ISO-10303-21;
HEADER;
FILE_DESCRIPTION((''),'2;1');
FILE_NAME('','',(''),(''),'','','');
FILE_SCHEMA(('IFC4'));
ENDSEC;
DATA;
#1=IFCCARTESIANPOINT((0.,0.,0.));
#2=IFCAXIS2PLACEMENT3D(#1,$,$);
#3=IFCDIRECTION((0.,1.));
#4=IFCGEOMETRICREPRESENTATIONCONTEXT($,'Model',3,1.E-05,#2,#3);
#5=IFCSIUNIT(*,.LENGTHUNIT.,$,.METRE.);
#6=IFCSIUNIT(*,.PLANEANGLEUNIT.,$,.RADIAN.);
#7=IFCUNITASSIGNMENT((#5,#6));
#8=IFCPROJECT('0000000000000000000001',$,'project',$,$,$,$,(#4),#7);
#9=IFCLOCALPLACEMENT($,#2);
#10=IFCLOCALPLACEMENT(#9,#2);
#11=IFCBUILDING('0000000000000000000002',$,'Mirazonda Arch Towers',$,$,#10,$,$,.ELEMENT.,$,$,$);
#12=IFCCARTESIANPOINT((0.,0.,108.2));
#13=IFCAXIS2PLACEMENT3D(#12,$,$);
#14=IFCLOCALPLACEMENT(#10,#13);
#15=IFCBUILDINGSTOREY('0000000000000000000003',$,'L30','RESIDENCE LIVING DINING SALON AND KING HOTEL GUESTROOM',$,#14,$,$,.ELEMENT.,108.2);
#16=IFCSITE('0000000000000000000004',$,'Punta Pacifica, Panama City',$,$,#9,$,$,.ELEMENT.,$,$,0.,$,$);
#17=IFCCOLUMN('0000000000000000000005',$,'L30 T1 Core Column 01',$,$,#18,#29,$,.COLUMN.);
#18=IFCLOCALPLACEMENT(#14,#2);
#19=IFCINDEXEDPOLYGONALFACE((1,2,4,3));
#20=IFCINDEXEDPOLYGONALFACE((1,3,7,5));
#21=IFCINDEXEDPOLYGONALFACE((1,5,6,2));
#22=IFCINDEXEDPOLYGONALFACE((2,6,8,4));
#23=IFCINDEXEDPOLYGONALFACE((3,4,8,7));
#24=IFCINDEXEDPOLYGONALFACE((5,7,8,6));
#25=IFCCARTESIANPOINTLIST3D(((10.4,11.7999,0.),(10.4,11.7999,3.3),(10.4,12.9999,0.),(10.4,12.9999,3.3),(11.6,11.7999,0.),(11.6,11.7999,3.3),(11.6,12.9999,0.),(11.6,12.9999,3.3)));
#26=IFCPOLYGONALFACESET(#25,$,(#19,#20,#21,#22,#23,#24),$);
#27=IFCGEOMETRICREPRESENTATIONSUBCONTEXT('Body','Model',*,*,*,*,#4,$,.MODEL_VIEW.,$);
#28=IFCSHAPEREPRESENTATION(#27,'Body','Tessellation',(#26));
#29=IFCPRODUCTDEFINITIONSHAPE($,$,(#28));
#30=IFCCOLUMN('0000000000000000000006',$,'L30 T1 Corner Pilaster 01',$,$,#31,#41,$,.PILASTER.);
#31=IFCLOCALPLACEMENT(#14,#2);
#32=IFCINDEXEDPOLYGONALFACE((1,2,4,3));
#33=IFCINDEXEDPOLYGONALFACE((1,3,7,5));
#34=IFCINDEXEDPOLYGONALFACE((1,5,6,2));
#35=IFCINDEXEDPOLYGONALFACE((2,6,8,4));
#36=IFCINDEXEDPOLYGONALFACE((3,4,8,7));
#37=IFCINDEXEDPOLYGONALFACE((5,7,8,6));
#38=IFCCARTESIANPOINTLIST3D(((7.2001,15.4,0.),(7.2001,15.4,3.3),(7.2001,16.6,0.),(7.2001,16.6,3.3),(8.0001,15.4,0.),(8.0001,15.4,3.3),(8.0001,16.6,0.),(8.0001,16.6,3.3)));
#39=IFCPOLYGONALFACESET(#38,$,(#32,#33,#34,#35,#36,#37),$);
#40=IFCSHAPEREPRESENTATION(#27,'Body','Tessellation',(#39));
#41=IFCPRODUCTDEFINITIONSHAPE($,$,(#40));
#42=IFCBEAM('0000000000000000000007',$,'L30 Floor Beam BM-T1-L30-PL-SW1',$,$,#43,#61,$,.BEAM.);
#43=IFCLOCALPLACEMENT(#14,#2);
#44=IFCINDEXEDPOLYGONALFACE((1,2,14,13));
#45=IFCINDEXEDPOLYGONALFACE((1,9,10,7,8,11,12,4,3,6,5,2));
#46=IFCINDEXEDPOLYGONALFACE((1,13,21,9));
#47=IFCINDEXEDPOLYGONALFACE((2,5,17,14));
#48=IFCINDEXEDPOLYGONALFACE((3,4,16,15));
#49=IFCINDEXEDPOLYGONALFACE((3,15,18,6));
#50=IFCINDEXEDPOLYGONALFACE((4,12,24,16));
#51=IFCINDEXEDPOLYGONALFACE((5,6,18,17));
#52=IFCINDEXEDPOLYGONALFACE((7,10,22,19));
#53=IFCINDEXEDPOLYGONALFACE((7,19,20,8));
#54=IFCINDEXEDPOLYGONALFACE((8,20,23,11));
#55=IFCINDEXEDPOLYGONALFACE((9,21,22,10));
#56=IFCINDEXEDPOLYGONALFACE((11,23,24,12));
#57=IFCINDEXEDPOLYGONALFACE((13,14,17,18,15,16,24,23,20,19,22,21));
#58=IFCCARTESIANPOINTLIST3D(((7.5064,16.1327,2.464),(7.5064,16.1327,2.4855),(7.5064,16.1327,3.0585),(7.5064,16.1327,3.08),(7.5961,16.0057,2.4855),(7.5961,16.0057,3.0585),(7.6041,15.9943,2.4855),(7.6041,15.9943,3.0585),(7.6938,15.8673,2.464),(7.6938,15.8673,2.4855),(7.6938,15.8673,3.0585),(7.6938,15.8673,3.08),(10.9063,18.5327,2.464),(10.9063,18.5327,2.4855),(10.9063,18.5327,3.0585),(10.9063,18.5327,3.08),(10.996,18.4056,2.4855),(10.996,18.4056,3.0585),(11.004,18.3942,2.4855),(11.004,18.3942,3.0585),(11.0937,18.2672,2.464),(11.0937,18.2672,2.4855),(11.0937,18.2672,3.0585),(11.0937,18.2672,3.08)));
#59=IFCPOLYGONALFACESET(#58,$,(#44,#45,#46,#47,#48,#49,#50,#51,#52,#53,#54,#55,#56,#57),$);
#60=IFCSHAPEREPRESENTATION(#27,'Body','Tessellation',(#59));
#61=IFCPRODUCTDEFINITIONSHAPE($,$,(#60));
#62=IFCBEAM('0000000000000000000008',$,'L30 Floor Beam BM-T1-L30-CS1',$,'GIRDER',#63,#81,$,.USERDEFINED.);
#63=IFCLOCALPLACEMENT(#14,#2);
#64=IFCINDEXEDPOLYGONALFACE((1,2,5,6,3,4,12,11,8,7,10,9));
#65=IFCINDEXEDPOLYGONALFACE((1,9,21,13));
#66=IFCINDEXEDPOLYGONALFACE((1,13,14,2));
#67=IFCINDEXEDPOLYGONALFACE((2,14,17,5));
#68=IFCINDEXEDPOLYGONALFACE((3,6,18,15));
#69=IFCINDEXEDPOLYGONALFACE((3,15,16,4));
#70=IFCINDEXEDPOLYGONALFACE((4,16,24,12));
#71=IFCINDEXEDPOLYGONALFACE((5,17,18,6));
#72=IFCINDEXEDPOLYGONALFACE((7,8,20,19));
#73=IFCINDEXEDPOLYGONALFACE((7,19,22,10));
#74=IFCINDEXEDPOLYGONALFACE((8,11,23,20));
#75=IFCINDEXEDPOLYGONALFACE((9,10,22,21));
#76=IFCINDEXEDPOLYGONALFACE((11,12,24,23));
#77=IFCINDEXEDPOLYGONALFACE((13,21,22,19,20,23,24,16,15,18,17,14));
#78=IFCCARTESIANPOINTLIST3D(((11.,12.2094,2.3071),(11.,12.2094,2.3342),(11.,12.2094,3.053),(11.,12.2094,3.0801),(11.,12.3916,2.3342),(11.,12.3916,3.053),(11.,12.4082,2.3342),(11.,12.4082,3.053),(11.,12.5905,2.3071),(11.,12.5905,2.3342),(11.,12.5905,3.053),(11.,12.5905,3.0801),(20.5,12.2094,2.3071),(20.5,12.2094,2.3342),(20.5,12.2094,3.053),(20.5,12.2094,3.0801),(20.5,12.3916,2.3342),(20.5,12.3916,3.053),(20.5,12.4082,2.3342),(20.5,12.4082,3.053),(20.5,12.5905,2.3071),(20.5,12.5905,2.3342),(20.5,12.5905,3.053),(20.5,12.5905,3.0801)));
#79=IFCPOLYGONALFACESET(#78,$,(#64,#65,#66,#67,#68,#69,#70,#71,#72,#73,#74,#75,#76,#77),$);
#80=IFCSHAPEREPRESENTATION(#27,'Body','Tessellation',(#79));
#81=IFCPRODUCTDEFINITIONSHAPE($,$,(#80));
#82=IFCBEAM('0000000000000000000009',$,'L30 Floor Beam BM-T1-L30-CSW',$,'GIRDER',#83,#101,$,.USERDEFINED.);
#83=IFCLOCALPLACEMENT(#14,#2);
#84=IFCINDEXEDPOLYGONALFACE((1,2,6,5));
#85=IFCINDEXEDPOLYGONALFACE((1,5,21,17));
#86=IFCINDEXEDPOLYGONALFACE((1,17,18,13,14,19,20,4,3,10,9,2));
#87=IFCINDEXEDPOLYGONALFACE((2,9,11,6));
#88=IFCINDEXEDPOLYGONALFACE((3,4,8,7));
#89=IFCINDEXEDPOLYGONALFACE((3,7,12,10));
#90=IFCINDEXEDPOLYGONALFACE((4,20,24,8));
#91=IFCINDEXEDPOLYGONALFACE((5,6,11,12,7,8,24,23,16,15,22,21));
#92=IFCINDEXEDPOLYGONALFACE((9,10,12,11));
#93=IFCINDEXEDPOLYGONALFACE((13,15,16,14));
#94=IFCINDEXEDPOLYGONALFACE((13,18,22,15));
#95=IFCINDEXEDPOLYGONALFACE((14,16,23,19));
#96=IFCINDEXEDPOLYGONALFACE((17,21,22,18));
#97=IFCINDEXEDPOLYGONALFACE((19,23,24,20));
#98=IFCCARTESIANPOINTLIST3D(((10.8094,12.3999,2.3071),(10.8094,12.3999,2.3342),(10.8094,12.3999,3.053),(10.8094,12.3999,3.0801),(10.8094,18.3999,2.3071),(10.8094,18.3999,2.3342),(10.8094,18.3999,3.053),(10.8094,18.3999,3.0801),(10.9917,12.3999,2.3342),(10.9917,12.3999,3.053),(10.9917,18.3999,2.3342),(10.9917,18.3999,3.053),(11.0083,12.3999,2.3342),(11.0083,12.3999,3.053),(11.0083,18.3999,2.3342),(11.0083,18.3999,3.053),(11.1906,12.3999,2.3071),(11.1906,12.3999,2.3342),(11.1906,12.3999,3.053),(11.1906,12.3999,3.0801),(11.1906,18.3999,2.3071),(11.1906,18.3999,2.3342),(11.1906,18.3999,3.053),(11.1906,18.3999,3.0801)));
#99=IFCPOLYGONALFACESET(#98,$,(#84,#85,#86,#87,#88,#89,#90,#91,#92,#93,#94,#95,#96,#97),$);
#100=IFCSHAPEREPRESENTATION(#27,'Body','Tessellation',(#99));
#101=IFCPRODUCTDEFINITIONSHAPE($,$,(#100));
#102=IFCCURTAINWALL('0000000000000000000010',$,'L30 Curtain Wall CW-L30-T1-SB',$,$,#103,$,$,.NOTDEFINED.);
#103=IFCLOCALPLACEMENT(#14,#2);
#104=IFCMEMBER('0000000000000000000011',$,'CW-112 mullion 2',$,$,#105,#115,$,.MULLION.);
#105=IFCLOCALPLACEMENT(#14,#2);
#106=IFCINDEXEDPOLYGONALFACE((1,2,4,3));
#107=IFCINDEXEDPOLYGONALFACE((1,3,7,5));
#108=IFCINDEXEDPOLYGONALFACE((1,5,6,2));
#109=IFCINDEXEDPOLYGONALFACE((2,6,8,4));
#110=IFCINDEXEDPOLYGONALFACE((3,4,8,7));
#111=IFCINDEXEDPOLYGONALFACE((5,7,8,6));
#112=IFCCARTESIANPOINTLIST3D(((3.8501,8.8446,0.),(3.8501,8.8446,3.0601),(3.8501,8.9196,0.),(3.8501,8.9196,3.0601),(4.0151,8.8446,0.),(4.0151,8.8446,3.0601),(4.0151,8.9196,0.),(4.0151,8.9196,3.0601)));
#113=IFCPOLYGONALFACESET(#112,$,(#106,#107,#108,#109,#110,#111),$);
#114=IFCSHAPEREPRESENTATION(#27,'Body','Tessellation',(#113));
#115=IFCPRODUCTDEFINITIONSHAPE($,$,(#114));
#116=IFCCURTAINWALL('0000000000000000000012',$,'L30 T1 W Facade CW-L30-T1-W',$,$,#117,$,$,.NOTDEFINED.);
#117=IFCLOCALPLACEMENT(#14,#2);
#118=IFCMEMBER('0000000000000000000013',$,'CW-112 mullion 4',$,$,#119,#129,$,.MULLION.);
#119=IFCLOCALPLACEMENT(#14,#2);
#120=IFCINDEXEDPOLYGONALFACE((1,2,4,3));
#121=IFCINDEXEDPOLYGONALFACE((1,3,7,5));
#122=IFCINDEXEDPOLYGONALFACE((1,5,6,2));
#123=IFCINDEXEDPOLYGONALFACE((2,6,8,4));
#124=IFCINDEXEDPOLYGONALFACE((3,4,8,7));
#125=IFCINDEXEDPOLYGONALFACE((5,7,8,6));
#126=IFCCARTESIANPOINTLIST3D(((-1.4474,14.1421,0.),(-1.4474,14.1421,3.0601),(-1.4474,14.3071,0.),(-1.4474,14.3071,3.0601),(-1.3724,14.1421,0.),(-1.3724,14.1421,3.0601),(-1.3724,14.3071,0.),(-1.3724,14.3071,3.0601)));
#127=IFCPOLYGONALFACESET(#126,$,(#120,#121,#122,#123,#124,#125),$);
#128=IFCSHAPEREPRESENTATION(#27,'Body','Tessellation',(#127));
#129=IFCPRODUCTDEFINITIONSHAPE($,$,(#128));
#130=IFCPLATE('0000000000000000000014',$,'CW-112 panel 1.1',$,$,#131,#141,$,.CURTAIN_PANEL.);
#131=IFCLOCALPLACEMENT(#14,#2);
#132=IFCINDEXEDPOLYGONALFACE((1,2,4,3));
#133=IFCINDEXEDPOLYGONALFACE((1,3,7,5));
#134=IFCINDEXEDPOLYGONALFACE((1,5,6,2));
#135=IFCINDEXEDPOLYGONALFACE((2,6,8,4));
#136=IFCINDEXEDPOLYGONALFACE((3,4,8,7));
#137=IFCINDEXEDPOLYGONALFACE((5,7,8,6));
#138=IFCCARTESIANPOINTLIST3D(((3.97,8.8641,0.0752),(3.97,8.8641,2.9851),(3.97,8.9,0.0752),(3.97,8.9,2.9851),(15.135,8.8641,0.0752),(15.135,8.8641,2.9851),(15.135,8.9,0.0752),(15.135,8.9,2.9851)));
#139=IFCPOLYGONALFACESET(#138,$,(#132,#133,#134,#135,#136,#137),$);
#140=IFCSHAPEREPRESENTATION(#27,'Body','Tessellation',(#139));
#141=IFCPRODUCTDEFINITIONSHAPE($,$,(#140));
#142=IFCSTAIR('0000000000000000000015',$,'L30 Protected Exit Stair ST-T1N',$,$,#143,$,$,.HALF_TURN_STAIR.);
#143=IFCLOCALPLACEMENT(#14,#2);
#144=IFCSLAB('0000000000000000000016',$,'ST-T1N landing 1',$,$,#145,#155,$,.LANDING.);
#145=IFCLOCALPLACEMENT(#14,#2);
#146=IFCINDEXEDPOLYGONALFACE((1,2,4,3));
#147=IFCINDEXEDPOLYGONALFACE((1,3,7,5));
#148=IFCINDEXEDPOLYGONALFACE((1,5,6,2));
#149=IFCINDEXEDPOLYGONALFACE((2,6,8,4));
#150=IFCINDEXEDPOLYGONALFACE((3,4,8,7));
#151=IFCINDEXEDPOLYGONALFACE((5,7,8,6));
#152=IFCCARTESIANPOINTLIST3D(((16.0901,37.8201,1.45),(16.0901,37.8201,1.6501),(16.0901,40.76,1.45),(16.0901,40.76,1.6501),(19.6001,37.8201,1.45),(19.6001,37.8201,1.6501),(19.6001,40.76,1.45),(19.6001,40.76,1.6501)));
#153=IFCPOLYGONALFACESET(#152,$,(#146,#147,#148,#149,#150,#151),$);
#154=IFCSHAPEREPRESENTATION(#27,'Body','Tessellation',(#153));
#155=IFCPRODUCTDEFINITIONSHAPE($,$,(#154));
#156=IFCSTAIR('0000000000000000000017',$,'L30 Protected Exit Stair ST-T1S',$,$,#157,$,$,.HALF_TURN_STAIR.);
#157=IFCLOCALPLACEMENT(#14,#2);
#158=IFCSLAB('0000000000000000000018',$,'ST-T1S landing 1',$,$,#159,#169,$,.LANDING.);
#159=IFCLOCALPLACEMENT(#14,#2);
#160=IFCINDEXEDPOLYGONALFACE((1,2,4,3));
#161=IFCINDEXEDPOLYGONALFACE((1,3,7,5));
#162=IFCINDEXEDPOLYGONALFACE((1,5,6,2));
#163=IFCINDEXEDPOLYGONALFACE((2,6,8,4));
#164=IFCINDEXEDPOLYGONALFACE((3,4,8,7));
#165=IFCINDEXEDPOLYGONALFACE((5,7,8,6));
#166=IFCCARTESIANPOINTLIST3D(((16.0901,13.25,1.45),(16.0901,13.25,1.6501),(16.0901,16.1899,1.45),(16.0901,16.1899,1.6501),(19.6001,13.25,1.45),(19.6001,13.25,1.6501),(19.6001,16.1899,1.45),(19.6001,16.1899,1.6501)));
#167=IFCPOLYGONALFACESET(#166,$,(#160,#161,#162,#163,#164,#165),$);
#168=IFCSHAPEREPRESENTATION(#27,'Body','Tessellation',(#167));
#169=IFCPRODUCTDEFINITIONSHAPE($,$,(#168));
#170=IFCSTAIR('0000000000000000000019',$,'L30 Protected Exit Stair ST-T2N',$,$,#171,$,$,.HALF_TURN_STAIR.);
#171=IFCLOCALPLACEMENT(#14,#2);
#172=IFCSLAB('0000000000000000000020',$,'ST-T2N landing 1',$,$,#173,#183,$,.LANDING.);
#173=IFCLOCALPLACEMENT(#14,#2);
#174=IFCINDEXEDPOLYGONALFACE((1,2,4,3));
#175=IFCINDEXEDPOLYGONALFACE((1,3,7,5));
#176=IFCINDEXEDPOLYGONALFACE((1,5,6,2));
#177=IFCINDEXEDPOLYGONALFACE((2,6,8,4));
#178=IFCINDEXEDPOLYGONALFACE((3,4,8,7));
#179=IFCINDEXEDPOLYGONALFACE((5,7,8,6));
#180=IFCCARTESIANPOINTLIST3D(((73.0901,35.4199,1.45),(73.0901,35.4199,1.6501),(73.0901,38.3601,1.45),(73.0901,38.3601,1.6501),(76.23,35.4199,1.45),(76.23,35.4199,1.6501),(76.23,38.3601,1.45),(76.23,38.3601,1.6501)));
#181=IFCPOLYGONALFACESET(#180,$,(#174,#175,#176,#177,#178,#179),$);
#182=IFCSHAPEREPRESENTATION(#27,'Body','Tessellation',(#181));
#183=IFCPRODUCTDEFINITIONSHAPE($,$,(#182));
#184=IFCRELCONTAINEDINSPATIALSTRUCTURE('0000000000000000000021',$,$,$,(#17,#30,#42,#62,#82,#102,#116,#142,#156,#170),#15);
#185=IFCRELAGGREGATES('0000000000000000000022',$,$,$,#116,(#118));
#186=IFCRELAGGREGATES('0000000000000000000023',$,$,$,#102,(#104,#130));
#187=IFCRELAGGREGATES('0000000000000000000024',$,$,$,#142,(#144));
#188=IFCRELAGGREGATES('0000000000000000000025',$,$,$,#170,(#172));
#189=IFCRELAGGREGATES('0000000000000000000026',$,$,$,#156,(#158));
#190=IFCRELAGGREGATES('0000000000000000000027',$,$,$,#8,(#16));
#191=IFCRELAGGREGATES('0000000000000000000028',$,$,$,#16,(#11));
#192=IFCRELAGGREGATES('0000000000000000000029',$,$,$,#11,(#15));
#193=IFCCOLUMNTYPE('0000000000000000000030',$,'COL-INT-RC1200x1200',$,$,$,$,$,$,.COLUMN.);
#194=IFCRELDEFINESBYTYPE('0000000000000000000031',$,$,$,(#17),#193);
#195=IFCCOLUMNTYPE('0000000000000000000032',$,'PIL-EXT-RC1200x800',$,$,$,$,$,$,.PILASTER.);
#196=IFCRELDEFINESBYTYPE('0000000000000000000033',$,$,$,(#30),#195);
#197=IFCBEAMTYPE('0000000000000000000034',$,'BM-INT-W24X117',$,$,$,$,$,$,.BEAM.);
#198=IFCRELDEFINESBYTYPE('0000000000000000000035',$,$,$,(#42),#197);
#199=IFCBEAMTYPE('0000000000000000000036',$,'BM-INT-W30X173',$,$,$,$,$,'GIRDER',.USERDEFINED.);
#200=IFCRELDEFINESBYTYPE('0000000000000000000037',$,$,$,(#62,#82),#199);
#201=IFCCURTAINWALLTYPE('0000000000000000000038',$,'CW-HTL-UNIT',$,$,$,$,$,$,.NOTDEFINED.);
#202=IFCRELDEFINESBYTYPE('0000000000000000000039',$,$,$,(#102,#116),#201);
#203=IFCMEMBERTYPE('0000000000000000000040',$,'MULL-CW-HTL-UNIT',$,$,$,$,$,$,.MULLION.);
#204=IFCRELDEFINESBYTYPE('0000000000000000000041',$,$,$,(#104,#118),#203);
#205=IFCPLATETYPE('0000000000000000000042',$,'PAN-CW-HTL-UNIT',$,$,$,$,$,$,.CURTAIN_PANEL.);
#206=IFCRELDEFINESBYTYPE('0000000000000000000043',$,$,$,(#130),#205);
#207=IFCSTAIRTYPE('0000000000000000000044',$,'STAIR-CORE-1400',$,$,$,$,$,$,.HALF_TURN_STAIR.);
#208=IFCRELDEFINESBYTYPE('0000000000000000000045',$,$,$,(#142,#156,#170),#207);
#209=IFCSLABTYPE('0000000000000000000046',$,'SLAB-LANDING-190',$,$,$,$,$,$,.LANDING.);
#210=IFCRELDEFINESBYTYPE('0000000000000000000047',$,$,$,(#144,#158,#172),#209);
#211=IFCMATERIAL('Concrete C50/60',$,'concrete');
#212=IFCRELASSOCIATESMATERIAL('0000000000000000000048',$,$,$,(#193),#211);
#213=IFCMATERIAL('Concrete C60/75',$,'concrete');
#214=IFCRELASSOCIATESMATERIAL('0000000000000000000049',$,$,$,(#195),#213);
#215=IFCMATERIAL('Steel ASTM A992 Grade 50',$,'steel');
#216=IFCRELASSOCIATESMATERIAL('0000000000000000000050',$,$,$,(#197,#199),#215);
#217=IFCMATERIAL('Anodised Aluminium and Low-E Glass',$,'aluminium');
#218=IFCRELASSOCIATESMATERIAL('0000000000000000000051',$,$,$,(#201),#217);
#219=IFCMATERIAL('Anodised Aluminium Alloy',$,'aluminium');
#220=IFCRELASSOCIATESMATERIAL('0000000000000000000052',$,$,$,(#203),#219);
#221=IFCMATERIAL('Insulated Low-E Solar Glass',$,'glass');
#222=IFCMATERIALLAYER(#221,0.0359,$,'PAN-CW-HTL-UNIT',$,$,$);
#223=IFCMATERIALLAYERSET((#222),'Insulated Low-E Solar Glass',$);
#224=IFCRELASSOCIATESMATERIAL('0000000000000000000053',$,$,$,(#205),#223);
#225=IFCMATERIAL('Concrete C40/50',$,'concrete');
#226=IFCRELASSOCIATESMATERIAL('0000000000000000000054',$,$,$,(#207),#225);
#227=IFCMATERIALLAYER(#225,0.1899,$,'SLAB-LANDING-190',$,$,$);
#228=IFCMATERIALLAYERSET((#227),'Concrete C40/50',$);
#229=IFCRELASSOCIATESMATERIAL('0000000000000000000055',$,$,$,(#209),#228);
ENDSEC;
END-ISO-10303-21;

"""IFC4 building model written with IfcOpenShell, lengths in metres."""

from ifc_helpers import new_model, si_unit, direction, frame, origin, origin_2d, place, context, subcontext, project, spatial, polyline, rectangle, i_section, outline, extrude, material, layer, layer_set, material_profile, profile_set, type_object, element, aggregate, save


model = new_model("IFC4")

# Units and contexts
model_context = context("Model", 3, precision=1e-05, world=origin(), true_north=direction((0.0, 1.0)))
body_context = subcontext(model_context, "Body", "Model", "MODEL_VIEW")
ifc_project = project(units=[si_unit("LENGTHUNIT", "METRE"), si_unit("PLANEANGLEUNIT", "RADIAN")], contexts=[model_context])

# Site, building, storey
site_placement = place(None, origin())
site = spatial("IfcSite", under=ifc_project, at=site_placement, Name="Punta Pacifica, Panama City", CompositionType="ELEMENT", RefElevation=0.0)
building_placement = place(site_placement, origin())
building = spatial("IfcBuilding", under=site, at=building_placement, Name="Mirazonda Arch Towers", CompositionType="ELEMENT")
storey_placement = place(building_placement, frame((0.0, 0.0, 108.2)))
storey = spatial("IfcBuildingStorey", under=building, at=storey_placement, Name="L30", Description="RESIDENCE LIVING DINING SALON AND KING HOTEL GUESTROOM", CompositionType="ELEMENT", Elevation=108.2)

# Columns
ifc_material_1 = material(Name="Concrete C50/60", Category="concrete")
ifc_material_profile_1 = material_profile(ifc_material_1, rectangle(XDim=1.2, YDim=1.2, at=origin_2d()), Name="RC1200x1200")
ifc_profile_set_1 = profile_set([ifc_material_profile_1], Name="Concrete C50/60")
column_type_1 = type_object("IfcColumnType", Name="COL-INT-RC1200x1200", PredefinedType="COLUMN", material=ifc_profile_set_1)
column_1_placement = place(storey_placement, frame((11.0, 12.3999, 0.0), z_axis=(0.0, 0.0, 1.0), x_axis=(1.0, 0.0, 0.0)))
element("IfcColumn", 1, at=column_1_placement, inside=storey, type_object=column_type_1, Name="L30 T1 Core Column 01", PredefinedType="COLUMN", context=body_context, shape_type="SweptSolid", body=[
    extrude(rectangle(XDim=1.2, YDim=1.2, at=origin_2d()), origin(), (0.0, 0.0, 1.0), 3.3),
])
ifc_material_2 = material(Name="Concrete C60/75", Category="concrete")
ifc_material_profile_2 = material_profile(ifc_material_2, rectangle(XDim=0.8, YDim=1.2, at=origin_2d()), Name="RC1200x800")
ifc_profile_set_2 = profile_set([ifc_material_profile_2], Name="Concrete C60/75")
column_type_2 = type_object("IfcColumnType", Name="PIL-EXT-RC1200x800", PredefinedType="PILASTER", material=ifc_profile_set_2)
column_2_placement = place(storey_placement, frame((7.6001, 16.0, 0.0), z_axis=(0.0, 0.0, 1.0), x_axis=(1.0, 0.0, 0.0)))
element("IfcColumn", 2, at=column_2_placement, inside=storey, type_object=column_type_2, Name="L30 T1 Corner Pilaster 01", PredefinedType="PILASTER", context=body_context, shape_type="SweptSolid", body=[
    extrude(rectangle(XDim=0.8, YDim=1.2, at=origin_2d()), origin(), (0.0, 0.0, 1.0), 3.3),
])

# Beams
ifc_material_3 = material(Name="Steel ASTM A992 Grade 50", Category="steel")
ifc_material_profile_3 = material_profile(ifc_material_3, i_section(OverallWidth=0.325, OverallDepth=0.616, WebThickness=0.0139, FlangeThickness=0.0215, at=origin_2d()), Name="W24X117")
ifc_profile_set_3 = profile_set([ifc_material_profile_3], Name="Steel ASTM A992 Grade 50")
beam_type_1 = type_object("IfcBeamType", Name="BM-INT-W24X117", PredefinedType="BEAM", material=ifc_profile_set_3)
beam_1_placement = place(storey_placement, frame((7.6001, 16.0, 2.772), z_axis=(0.816971, 0.576679, 0.0), x_axis=(-0.576679, 0.816971, 0.0)))
element("IfcBeam", 3, at=beam_1_placement, inside=storey, type_object=beam_type_1, Name="L30 Floor Beam BM-T1-L30-PL-SW1", PredefinedType="BEAM", context=body_context, shape_type="SweptSolid", body=[
    extrude(i_section(OverallWidth=0.325, OverallDepth=0.616, WebThickness=0.0139, FlangeThickness=0.0215, at=origin_2d()), origin(), (0.0, 0.0, 1.0), 4.1616),
])
ifc_material_profile_4 = material_profile(ifc_material_3, i_section(OverallWidth=0.3811, OverallDepth=0.7729, WebThickness=0.0166, FlangeThickness=0.0271, at=origin_2d()), Name="W30X173")
ifc_profile_set_4 = profile_set([ifc_material_profile_4], Name="Steel ASTM A992 Grade 50")
beam_type_2 = type_object("IfcBeamType", Name="BM-INT-W30X173", ElementType="GIRDER", PredefinedType="USERDEFINED", material=ifc_profile_set_4)
beam_2_placement = place(storey_placement, frame((11.0, 12.3999, 2.6936), z_axis=(1.0, 0.0, 0.0), x_axis=(0.0, 1.0, 0.0)))
element("IfcBeam", 4, at=beam_2_placement, inside=storey, type_object=beam_type_2, Name="L30 Floor Beam BM-T1-L30-CS1", ObjectType="GIRDER", PredefinedType="USERDEFINED", context=body_context, shape_type="SweptSolid", body=[
    extrude(i_section(OverallWidth=0.3811, OverallDepth=0.7729, WebThickness=0.0166, FlangeThickness=0.0271, at=origin_2d()), origin(), (0.0, 0.0, 1.0), 9.5),
])
beam_3_placement = place(storey_placement, frame((11.0, 12.3999, 2.6936), z_axis=(0.0, 1.0, 0.0), x_axis=(-1.0, 0.0, 0.0)))
element("IfcBeam", 5, at=beam_3_placement, inside=storey, type_object=beam_type_2, Name="L30 Floor Beam BM-T1-L30-CSW", ObjectType="GIRDER", PredefinedType="USERDEFINED", context=body_context, shape_type="SweptSolid", body=[
    extrude(i_section(OverallWidth=0.3811, OverallDepth=0.7729, WebThickness=0.0166, FlangeThickness=0.0271, at=origin_2d()), origin(), (0.0, 0.0, 1.0), 6.0),
])

# Curtain walls, members
ifc_material_4 = material(Name="Anodised Aluminium and Low-E Glass", Category="aluminium")
curtain_wall_type = type_object("IfcCurtainWallType", Name="CW-HTL-UNIT", PredefinedType="NOTDEFINED", material=ifc_material_4)
curtain_wall_1_placement = place(storey_placement, origin())
curtain_wall_1 = element("IfcCurtainWall", 6, at=curtain_wall_1_placement, inside=storey, type_object=curtain_wall_type, Name="L30 Curtain Wall CW-L30-T1-SB", PredefinedType="NOTDEFINED")
ifc_material_5 = material(Name="Anodised Aluminium Alloy", Category="aluminium")
ifc_material_profile_5 = material_profile(ifc_material_5, rectangle(XDim=0.075, YDim=0.165, at=origin_2d()), Name="ALU-MULL-75x165")
ifc_profile_set_5 = profile_set([ifc_material_profile_5], Name="Anodised Aluminium Alloy")
member_type = type_object("IfcMemberType", Name="MULL-CW-HTL-UNIT", PredefinedType="MULLION", material=ifc_profile_set_5)
member_1_placement = place(storey_placement, frame((3.9326, 8.8821, 0.0), z_axis=(0.0, 0.0, 1.0), x_axis=(0.0, -1.0, 0.0)))
member_1 = element("IfcMember", 7, at=member_1_placement, type_object=member_type, Name="CW-112 mullion 2", PredefinedType="MULLION", context=body_context, shape_type="SweptSolid", body=[
    extrude(rectangle(XDim=0.075, YDim=0.165, at=origin_2d()), origin(), (0.0, 0.0, 1.0), 3.0601),
])
curtain_wall_2_placement = place(storey_placement, origin())
curtain_wall_2 = element("IfcCurtainWall", 8, at=curtain_wall_2_placement, inside=storey, type_object=curtain_wall_type, Name="L30 T1 W Facade CW-L30-T1-W", PredefinedType="NOTDEFINED")
member_2_placement = place(storey_placement, frame((-1.4099, 14.2246, 0.0), z_axis=(0.0, 0.0, 1.0), x_axis=(1.0, 0.0, 0.0)))
member_2 = element("IfcMember", 9, at=member_2_placement, type_object=member_type, Name="CW-112 mullion 4", PredefinedType="MULLION", context=body_context, shape_type="SweptSolid", body=[
    extrude(rectangle(XDim=0.075, YDim=0.165, at=origin_2d()), origin(), (0.0, 0.0, 1.0), 3.0601),
])
aggregate(curtain_wall_2, [member_2])

# Plate
ifc_material_6 = material(Name="Insulated Low-E Solar Glass", Category="glass")
ifc_layer_1 = layer(ifc_material_6, 0.0359, Name="PAN-CW-HTL-UNIT")
ifc_layer_set_1 = layer_set([ifc_layer_1], Name="Insulated Low-E Solar Glass")
plate_type = type_object("IfcPlateType", Name="PAN-CW-HTL-UNIT", PredefinedType="CURTAIN_PANEL", material=ifc_layer_set_1)
plate_placement = place(storey_placement, frame((9.5525, 8.8821, 0.0752), z_axis=(0.0, 0.0, 1.0), x_axis=(-1.0, 0.0, 0.0)))
plate = element("IfcPlate", 10, at=plate_placement, type_object=plate_type, Name="CW-112 panel 1.1", PredefinedType="CURTAIN_PANEL", context=body_context, shape_type="SweptSolid", body=[
    extrude(rectangle(XDim=11.165, YDim=0.0359, at=origin_2d()), origin(), (0.0, 0.0, 1.0), 2.9099),
])
aggregate(curtain_wall_1, [member_1, plate])

# Stairs, slabs
ifc_material_7 = material(Name="Concrete C40/50", Category="concrete")
stair_type = type_object("IfcStairType", Name="STAIR-CORE-1400", PredefinedType="HALF_TURN_STAIR", material=ifc_material_7)
stair_1_placement = place(storey_placement, origin())
stair_1 = element("IfcStair", 11, at=stair_1_placement, inside=storey, type_object=stair_type, Name="L30 Protected Exit Stair ST-T1N", PredefinedType="HALF_TURN_STAIR")
ifc_layer_2 = layer(ifc_material_7, 0.1899, Name="SLAB-LANDING-190")
ifc_layer_set_2 = layer_set([ifc_layer_2], Name="Concrete C40/50")
slab_type_1 = type_object("IfcSlabType", Name="SLAB-LANDING-190", PredefinedType="LANDING", material=ifc_layer_set_2)
slab_1_placement = place(storey_placement, frame((0.0, 0.0, 1.45)))
slab_1 = element("IfcSlab", 12, at=slab_1_placement, type_object=slab_type_1, Name="ST-T1N landing 1", PredefinedType="LANDING", context=body_context, shape_type="SweptSolid", body=[
    extrude(outline(polyline([(16.0901, 37.8201), (19.6001, 37.8201), (19.6001, 40.76), (16.0901, 40.76), (16.0901, 37.8201)])), origin(), (0.0, 0.0, 1.0), 0.2002),
])
aggregate(stair_1, [slab_1])
stair_2_placement = place(storey_placement, origin())
stair_2 = element("IfcStair", 13, at=stair_2_placement, inside=storey, type_object=stair_type, Name="L30 Protected Exit Stair ST-T1S", PredefinedType="HALF_TURN_STAIR")
slab_2_placement = place(storey_placement, frame((0.0, 0.0, 1.45)))
slab_2 = element("IfcSlab", 14, at=slab_2_placement, type_object=slab_type_1, Name="ST-T1S landing 1", PredefinedType="LANDING", context=body_context, shape_type="SweptSolid", body=[
    extrude(outline(polyline([(16.0901, 13.25), (19.6001, 13.25), (19.6001, 16.1899), (16.0901, 16.1899), (16.0901, 13.25)])), origin(), (0.0, 0.0, 1.0), 0.2002),
])
stair_3_placement = place(storey_placement, origin())
stair_3 = element("IfcStair", 15, at=stair_3_placement, inside=storey, type_object=stair_type, Name="L30 Protected Exit Stair ST-T2N", PredefinedType="HALF_TURN_STAIR")
slab_3_placement = place(storey_placement, frame((0.0, 0.0, 1.45)))
slab_3 = element("IfcSlab", 16, at=slab_3_placement, type_object=slab_type_1, Name="ST-T2N landing 1", PredefinedType="LANDING", context=body_context, shape_type="SweptSolid", body=[
    extrude(outline(polyline([(73.0901, 35.4199), (76.23, 35.4199), (76.23, 38.3601), (73.0901, 38.3601), (73.0901, 35.4199)])), origin(), (0.0, 0.0, 1.0), 0.2002),
])
aggregate(stair_3, [slab_3])

aggregate(stair_2, [slab_2])

save(model, "model.ifc")
